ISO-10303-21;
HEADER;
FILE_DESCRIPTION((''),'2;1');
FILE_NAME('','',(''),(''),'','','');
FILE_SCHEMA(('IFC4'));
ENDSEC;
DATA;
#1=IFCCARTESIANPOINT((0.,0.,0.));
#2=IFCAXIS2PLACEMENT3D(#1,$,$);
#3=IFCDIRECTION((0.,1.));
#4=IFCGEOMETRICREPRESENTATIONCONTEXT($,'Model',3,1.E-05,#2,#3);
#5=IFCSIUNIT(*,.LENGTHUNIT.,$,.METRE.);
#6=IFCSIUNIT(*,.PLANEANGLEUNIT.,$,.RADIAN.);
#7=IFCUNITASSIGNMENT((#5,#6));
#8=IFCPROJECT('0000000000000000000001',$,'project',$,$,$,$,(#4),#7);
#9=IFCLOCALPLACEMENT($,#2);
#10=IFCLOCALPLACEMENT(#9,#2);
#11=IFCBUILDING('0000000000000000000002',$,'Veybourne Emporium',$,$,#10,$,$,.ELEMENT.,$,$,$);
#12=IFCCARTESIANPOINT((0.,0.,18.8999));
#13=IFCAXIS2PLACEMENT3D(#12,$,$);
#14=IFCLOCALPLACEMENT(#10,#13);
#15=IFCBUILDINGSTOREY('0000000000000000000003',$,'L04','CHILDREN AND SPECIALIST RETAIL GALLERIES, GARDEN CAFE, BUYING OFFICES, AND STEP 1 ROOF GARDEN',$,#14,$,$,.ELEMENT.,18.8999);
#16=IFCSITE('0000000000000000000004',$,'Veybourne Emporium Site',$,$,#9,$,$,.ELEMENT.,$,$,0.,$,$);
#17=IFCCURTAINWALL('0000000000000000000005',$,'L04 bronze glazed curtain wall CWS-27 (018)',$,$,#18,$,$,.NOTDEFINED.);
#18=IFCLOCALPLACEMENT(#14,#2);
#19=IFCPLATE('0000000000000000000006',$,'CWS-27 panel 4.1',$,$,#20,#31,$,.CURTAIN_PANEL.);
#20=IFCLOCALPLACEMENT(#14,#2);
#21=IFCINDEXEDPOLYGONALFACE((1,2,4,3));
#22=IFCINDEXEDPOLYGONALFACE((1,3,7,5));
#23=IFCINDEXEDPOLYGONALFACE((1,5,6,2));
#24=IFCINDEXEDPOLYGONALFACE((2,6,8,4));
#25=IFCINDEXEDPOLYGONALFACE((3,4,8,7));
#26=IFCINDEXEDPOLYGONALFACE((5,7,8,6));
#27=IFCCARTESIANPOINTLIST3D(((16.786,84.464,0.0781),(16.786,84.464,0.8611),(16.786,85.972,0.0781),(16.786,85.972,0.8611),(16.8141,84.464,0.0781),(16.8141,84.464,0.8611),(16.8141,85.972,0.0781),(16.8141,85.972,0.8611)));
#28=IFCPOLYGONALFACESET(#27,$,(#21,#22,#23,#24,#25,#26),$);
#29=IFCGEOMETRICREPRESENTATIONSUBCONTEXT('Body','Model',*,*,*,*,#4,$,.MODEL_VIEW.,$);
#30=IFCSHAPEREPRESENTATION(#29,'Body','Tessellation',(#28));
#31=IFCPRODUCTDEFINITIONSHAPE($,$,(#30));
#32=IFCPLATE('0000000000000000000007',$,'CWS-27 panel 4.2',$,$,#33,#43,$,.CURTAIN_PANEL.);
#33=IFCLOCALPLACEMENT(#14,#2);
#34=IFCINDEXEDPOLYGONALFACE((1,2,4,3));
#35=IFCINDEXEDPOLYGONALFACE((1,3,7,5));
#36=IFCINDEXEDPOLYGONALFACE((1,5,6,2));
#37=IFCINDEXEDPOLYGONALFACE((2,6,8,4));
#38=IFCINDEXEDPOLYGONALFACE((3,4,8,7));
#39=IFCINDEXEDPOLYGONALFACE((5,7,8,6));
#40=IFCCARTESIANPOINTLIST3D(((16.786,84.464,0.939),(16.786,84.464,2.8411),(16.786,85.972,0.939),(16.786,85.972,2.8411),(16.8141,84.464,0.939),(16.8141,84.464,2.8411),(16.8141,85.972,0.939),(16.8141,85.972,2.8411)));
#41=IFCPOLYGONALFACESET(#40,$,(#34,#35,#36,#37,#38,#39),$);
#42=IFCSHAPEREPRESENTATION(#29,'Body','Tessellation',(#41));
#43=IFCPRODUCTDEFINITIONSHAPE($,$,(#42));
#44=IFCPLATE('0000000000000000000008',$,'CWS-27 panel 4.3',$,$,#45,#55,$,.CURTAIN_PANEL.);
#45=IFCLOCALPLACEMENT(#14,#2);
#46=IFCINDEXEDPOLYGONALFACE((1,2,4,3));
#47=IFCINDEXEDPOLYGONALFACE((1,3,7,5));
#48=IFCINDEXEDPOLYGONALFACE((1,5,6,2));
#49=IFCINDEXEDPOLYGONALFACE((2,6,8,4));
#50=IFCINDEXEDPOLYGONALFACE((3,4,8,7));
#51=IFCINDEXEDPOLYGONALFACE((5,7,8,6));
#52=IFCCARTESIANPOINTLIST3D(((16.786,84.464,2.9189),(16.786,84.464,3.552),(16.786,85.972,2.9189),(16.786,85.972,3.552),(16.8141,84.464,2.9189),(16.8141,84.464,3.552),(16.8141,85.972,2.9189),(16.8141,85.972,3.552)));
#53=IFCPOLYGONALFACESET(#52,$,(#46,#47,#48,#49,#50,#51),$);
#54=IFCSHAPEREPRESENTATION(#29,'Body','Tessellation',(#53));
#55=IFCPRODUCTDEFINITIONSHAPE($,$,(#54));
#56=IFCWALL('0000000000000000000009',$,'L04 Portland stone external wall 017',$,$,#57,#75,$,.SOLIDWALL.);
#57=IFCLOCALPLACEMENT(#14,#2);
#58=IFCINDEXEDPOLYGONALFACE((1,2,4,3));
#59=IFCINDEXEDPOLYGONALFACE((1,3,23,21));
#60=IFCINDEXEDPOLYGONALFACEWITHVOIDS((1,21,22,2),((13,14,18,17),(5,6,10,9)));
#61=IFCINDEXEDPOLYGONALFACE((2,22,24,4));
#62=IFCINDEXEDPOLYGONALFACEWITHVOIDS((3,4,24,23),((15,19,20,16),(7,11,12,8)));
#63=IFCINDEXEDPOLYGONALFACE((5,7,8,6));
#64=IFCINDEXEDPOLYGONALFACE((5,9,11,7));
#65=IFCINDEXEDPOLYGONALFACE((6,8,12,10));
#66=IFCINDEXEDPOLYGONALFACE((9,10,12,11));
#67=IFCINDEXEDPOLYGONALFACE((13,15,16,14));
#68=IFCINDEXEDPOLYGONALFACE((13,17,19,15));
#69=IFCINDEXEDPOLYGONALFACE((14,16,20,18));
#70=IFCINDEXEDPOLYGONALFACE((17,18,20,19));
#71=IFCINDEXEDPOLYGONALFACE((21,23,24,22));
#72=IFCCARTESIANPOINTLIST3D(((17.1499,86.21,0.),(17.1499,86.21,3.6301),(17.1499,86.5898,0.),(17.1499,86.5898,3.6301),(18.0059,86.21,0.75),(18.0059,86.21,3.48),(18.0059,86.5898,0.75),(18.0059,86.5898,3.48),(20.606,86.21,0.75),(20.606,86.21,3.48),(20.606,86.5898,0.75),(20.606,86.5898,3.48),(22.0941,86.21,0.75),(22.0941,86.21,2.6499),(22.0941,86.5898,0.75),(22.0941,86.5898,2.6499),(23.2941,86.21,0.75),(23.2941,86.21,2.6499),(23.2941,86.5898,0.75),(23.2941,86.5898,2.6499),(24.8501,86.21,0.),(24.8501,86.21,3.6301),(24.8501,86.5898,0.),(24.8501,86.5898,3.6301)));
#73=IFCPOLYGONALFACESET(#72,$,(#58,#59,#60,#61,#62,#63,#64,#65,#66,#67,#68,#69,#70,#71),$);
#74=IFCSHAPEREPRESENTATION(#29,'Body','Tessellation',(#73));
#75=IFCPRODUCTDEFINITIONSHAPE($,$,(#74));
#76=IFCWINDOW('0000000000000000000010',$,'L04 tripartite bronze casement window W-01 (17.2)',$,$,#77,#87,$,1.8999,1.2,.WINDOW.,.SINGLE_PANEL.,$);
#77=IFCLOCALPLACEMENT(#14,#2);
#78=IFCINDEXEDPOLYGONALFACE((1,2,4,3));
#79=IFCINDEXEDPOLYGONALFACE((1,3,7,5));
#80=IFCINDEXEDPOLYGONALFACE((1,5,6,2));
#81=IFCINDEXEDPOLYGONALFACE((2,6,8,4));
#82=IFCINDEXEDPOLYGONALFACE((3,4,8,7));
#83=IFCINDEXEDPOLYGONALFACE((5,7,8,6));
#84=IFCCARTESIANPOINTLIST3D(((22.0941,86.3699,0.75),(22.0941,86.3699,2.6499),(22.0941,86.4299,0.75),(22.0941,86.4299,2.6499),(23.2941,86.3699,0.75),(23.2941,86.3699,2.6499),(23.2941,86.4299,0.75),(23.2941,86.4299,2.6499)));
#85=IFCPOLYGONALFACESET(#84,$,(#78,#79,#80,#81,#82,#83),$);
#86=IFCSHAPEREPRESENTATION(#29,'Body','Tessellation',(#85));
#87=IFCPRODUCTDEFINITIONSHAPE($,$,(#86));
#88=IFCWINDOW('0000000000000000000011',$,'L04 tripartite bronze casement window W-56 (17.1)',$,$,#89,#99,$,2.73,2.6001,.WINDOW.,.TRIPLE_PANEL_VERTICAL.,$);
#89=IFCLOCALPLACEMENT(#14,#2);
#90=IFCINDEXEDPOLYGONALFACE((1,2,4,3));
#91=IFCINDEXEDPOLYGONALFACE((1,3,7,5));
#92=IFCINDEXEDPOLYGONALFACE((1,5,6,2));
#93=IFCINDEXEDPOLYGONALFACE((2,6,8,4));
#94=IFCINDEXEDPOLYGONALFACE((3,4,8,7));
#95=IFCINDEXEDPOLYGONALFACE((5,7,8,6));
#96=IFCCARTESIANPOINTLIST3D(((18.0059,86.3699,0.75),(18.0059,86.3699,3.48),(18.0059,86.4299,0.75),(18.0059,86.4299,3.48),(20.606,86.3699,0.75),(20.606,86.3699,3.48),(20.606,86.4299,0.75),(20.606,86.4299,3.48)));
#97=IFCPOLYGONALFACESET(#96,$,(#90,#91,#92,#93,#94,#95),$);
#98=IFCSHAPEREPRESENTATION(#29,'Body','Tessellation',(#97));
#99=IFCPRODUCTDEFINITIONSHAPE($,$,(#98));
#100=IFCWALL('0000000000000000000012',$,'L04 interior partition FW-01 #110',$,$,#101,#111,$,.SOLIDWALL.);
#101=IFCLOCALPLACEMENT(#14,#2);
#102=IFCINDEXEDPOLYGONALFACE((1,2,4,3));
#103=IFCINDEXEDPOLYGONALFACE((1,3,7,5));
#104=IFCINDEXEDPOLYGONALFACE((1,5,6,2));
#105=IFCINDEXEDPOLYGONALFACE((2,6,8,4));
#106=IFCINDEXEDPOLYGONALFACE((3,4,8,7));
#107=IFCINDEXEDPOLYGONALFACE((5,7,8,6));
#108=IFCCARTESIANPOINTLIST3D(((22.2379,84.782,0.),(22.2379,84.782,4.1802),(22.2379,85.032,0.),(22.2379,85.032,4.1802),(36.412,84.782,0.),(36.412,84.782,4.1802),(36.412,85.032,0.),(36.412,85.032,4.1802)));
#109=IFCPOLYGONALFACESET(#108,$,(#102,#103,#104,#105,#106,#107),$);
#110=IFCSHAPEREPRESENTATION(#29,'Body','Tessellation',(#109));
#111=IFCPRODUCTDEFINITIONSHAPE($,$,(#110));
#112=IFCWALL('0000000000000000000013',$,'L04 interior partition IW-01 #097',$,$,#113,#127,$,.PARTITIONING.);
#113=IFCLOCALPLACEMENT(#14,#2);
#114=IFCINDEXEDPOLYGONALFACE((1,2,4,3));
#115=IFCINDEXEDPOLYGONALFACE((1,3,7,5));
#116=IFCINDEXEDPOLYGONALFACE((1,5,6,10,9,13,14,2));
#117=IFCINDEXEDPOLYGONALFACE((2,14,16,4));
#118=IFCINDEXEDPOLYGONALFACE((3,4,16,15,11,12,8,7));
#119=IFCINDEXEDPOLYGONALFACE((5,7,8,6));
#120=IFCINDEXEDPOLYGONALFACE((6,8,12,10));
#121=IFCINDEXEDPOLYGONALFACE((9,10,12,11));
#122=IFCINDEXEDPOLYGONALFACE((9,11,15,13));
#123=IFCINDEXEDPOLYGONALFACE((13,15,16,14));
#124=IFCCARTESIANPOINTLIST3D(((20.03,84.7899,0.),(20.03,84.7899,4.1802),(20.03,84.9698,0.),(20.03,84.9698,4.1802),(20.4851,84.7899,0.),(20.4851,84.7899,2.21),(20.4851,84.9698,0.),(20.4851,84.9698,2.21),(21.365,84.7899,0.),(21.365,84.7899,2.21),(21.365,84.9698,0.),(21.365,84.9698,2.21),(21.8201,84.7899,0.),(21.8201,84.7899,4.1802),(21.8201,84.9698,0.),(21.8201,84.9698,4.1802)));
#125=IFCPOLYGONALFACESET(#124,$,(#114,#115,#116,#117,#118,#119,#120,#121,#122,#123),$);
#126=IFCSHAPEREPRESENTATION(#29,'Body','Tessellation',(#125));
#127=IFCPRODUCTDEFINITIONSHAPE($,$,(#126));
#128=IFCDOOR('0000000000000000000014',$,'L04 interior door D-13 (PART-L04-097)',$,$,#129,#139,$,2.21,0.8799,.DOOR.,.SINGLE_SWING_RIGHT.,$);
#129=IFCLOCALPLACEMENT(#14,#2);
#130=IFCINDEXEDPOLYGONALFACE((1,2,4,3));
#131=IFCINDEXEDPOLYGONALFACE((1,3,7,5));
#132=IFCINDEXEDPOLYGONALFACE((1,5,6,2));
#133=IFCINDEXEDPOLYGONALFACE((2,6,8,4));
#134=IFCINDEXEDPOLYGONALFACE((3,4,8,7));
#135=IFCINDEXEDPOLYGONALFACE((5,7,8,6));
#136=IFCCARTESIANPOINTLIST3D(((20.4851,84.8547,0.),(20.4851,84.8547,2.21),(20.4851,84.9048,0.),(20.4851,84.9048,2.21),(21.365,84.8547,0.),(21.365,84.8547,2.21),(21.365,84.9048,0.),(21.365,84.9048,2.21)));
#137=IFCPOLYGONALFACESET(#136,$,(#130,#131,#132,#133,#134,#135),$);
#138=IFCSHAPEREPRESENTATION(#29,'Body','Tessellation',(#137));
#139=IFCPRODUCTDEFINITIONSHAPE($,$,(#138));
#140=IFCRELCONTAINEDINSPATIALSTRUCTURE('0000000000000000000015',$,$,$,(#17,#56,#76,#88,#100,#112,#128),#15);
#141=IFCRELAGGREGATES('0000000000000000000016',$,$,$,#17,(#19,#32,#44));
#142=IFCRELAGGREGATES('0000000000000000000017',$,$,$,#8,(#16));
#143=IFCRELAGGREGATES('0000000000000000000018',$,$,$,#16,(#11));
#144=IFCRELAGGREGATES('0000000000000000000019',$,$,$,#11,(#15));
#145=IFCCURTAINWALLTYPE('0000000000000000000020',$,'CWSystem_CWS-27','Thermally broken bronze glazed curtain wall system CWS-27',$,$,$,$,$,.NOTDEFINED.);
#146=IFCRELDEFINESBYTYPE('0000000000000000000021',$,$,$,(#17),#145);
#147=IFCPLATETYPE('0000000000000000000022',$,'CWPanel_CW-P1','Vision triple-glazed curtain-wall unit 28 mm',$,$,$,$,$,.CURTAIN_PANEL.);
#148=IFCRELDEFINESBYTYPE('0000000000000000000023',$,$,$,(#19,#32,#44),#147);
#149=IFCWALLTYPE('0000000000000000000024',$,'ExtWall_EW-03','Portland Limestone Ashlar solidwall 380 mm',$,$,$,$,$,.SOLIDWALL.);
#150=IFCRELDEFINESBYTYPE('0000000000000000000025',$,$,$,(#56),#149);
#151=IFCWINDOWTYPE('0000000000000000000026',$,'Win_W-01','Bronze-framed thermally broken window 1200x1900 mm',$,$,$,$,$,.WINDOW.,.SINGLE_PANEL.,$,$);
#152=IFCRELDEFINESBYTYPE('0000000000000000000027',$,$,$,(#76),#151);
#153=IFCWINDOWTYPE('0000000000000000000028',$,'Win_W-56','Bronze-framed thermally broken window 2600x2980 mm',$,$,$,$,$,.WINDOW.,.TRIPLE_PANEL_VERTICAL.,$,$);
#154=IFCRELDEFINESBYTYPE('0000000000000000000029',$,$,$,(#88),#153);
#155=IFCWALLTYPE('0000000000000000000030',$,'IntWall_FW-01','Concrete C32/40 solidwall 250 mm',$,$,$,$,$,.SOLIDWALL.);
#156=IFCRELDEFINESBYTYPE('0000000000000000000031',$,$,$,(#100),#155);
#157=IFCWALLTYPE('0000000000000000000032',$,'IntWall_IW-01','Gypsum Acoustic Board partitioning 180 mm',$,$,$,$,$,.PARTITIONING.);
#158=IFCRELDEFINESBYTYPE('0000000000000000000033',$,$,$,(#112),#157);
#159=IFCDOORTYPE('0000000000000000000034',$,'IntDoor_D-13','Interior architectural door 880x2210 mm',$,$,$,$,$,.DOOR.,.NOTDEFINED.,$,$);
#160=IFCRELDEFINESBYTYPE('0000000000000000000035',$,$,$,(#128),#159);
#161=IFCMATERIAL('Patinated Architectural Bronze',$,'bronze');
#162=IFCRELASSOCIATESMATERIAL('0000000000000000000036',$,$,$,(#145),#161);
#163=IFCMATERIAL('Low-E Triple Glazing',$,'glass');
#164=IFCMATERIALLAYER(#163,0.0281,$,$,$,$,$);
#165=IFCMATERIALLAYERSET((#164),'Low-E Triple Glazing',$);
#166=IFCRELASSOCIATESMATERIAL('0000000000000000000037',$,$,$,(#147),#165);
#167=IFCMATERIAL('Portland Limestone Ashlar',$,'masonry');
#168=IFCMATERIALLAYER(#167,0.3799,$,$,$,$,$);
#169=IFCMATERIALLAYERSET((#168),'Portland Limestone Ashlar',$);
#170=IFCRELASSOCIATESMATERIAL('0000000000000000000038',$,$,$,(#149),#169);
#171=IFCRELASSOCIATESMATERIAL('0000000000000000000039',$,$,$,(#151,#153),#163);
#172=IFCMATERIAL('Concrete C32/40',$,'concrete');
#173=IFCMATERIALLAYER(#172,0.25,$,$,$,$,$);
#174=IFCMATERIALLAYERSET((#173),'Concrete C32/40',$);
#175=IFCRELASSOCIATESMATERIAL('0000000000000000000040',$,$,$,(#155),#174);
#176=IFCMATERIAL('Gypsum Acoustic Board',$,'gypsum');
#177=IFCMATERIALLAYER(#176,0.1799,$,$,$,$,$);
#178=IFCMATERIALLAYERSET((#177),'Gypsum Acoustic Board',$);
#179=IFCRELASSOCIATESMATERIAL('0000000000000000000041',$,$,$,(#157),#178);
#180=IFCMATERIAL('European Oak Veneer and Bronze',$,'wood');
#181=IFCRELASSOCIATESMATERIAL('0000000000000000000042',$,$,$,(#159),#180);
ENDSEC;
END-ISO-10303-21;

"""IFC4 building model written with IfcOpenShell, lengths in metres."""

from ifc_helpers import new_model, si_unit, direction, frame, frame_2d, origin, origin_2d, place, context, subcontext, project, spatial, rectangle, extrude, material, layer, layer_set, type_object, element, fill, aggregate, save


model = new_model("IFC4")

# Units and contexts
model_context = context("Model", 3, precision=1e-05, world=origin(), true_north=direction((0.0, 1.0)))
body_context = subcontext(model_context, "Body", "Model", "MODEL_VIEW")
ifc_project = project(units=[si_unit("LENGTHUNIT", "METRE"), si_unit("PLANEANGLEUNIT", "RADIAN")], contexts=[model_context])

# Site, building, storey
site_placement = place(None, origin())
site = spatial("IfcSite", under=ifc_project, at=site_placement, Name="Veybourne Emporium Site", CompositionType="ELEMENT", RefElevation=0.0)
building_placement = place(site_placement, origin())
building = spatial("IfcBuilding", under=site, at=building_placement, Name="Veybourne Emporium", CompositionType="ELEMENT")
storey_placement = place(building_placement, frame((0.0, 0.0, 18.8999)))
storey = spatial("IfcBuildingStorey", under=building, at=storey_placement, Name="L04", Description="CHILDREN AND SPECIALIST RETAIL GALLERIES, GARDEN CAFE, BUYING OFFICES, AND STEP 1 ROOF GARDEN", CompositionType="ELEMENT", Elevation=18.8999)

# Curtain wall
ifc_material_1 = material(Name="Patinated Architectural Bronze", Category="bronze")
curtain_wall_type = type_object("IfcCurtainWallType", Name="CWSystem_CWS-27", Description="Thermally broken bronze glazed curtain wall system CWS-27", PredefinedType="NOTDEFINED", material=ifc_material_1)
curtain_wall_placement = place(storey_placement, origin())
curtain_wall = element("IfcCurtainWall", 1, at=curtain_wall_placement, inside=storey, type_object=curtain_wall_type, Name="L04 bronze glazed curtain wall CWS-27 (018)", PredefinedType="NOTDEFINED")

# Shared definitions
ifc_material_2 = material(Name="Concrete C32/40", Category="concrete")

# Plates
ifc_material_3 = material(Name="Low-E Triple Glazing", Category="glass")
ifc_layer_1 = layer(ifc_material_3, 0.0281)
ifc_layer_set_1 = layer_set([ifc_layer_1], Name="Low-E Triple Glazing")
plate_type = type_object("IfcPlateType", Name="CWPanel_CW-P1", Description="Vision triple-glazed curtain-wall unit 28 mm", PredefinedType="CURTAIN_PANEL", material=ifc_layer_set_1)
plate_1_placement = place(storey_placement, frame((16.8, 85.218, 0.0781), z_axis=(0.0, 0.0, 1.0), x_axis=(0.0, 1.0, 0.0)))
plate_1 = element("IfcPlate", 2, at=plate_1_placement, type_object=plate_type, Name="CWS-27 panel 4.1", PredefinedType="CURTAIN_PANEL", context=body_context, shape_type="SweptSolid", body=[
    extrude(rectangle(XDim=1.5081, YDim=0.0281, at=origin_2d()), origin(), (0.0, 0.0, 1.0), 0.783),
])
plate_2_placement = place(storey_placement, frame((16.8, 85.218, 0.939), z_axis=(0.0, 0.0, 1.0), x_axis=(0.0, 1.0, 0.0)))
plate_2 = element("IfcPlate", 3, at=plate_2_placement, type_object=plate_type, Name="CWS-27 panel 4.2", PredefinedType="CURTAIN_PANEL", context=body_context, shape_type="SweptSolid", body=[
    extrude(rectangle(XDim=1.5081, YDim=0.0281, at=origin_2d()), origin(), (0.0, 0.0, 1.0), 1.9021),
])
plate_3_placement = place(storey_placement, frame((16.8, 85.218, 2.9189), z_axis=(0.0, 0.0, 1.0), x_axis=(0.0, 1.0, 0.0)))
plate_3 = element("IfcPlate", 4, at=plate_3_placement, type_object=plate_type, Name="CWS-27 panel 4.3", PredefinedType="CURTAIN_PANEL", context=body_context, shape_type="SweptSolid", body=[
    extrude(rectangle(XDim=1.5081, YDim=0.0281, at=origin_2d()), origin(), (0.0, 0.0, 1.0), 0.6331),
])
aggregate(curtain_wall, [plate_1, plate_2, plate_3])

# Wall, openings, windows
ifc_material_4 = material(Name="Portland Limestone Ashlar", Category="masonry")
ifc_layer_2 = layer(ifc_material_4, 0.3799)
ifc_layer_set_2 = layer_set([ifc_layer_2], Name="Portland Limestone Ashlar")
wall_type_1 = type_object("IfcWallType", Name="ExtWall_EW-03", Description="Portland Limestone Ashlar solidwall 380 mm", PredefinedType="SOLIDWALL", material=ifc_layer_set_2)
wall_1_placement = place(storey_placement, frame((17.1499, 86.3999, 0.0), z_axis=(0.0, 0.0, 1.0), x_axis=(1.0, 0.0, 0.0)))
wall_1 = element("IfcWall", 5, at=wall_1_placement, inside=storey, type_object=wall_type_1, Name="L04 Portland stone external wall 017", PredefinedType="SOLIDWALL", context=body_context, shape_type="SweptSolid", body=[
    extrude(rectangle(XDim=7.7002, YDim=0.3799, at=frame_2d((3.8501, 0.0))), origin(), (0.0, 0.0, 1.0), 3.6301),
])
opening_1_placement = place(wall_1_placement, frame((0.856, 0.0, 0.75)))
opening_1 = element("IfcOpeningElement", 6, at=opening_1_placement, cuts=wall_1, PredefinedType="OPENING", context=body_context, shape_type="SweptSolid", body=[
    extrude(rectangle(XDim=2.6001, YDim=2.73, at=frame_2d((1.3, 1.365))), frame((0.0, 0.21, 0.0), z_axis=(0.0, -1.0, 0.0), x_axis=(1.0, 0.0, 0.0)), (0.0, 0.0, 1.0), 0.4199),
])
opening_2_placement = place(wall_1_placement, frame((4.9441, 0.0, 0.75)))
opening_2 = element("IfcOpeningElement", 7, at=opening_2_placement, cuts=wall_1, PredefinedType="OPENING", context=body_context, shape_type="SweptSolid", body=[
    extrude(rectangle(XDim=1.2, YDim=1.8999, at=frame_2d((0.6001, 0.95))), frame((0.0, 0.21, 0.0), z_axis=(0.0, -1.0, 0.0), x_axis=(1.0, 0.0, 0.0)), (0.0, 0.0, 1.0), 0.4199),
])
window_type_1 = type_object("IfcWindowType", Name="Win_W-01", Description="Bronze-framed thermally broken window 1200x1900 mm", PartitioningType="SINGLE_PANEL", PredefinedType="WINDOW", material=ifc_material_3)
window_1_placement = place(opening_2_placement, origin())
window_1 = element("IfcWindow", 8, at=window_1_placement, inside=storey, type_object=window_type_1, Name="L04 tripartite bronze casement window W-01 (17.2)", OverallHeight=1.8999, OverallWidth=1.2, PartitioningType="SINGLE_PANEL", PredefinedType="WINDOW", context=body_context, shape_type="SweptSolid", body=[
    extrude(rectangle(XDim=1.2, YDim=1.8999, at=frame_2d((0.6001, 0.95))), frame((0.0, 0.03, 0.0), z_axis=(0.0, -1.0, 0.0), x_axis=(1.0, 0.0, 0.0)), (0.0, 0.0, 1.0), 0.0601),
])
fill(opening_2, window_1)
window_type_2 = type_object("IfcWindowType", Name="Win_W-56", Description="Bronze-framed thermally broken window 2600x2980 mm", PartitioningType="TRIPLE_PANEL_VERTICAL", PredefinedType="WINDOW", material=ifc_material_3)
window_2_placement = place(opening_1_placement, origin())
window_2 = element("IfcWindow", 9, at=window_2_placement, inside=storey, type_object=window_type_2, Name="L04 tripartite bronze casement window W-56 (17.1)", OverallHeight=2.73, OverallWidth=2.6001, PartitioningType="TRIPLE_PANEL_VERTICAL", PredefinedType="WINDOW", context=body_context, shape_type="SweptSolid", body=[
    extrude(rectangle(XDim=2.6001, YDim=2.73, at=frame_2d((1.3, 1.365))), frame((0.0, 0.03, 0.0), z_axis=(0.0, -1.0, 0.0), x_axis=(1.0, 0.0, 0.0)), (0.0, 0.0, 1.0), 0.0601),
])
fill(opening_1, window_2)

# Wall
ifc_layer_3 = layer(ifc_material_2, 0.25)
ifc_layer_set_3 = layer_set([ifc_layer_3], Name="Concrete C32/40")
wall_type_2 = type_object("IfcWallType", Name="IntWall_FW-01", Description="Concrete C32/40 solidwall 250 mm", PredefinedType="SOLIDWALL", material=ifc_layer_set_3)
wall_2_placement = place(storey_placement, frame((22.238, 84.907, 0.0), z_axis=(0.0, 0.0, 1.0), x_axis=(1.0, 0.0, 0.0)))
element("IfcWall", 10, at=wall_2_placement, inside=storey, type_object=wall_type_2, Name="L04 interior partition FW-01 #110", PredefinedType="SOLIDWALL", context=body_context, shape_type="SweptSolid", body=[
    extrude(rectangle(XDim=14.1741, YDim=0.25, at=frame_2d((7.0869, 0.0))), origin(), (0.0, 0.0, 1.0), 4.1802),
])

# Wall, opening, door
ifc_material_5 = material(Name="Gypsum Acoustic Board", Category="gypsum")
ifc_layer_4 = layer(ifc_material_5, 0.1799)
ifc_layer_set_4 = layer_set([ifc_layer_4], Name="Gypsum Acoustic Board")
wall_type_3 = type_object("IfcWallType", Name="IntWall_IW-01", Description="Gypsum Acoustic Board partitioning 180 mm", PredefinedType="PARTITIONING", material=ifc_layer_set_4)
wall_3_placement = place(storey_placement, frame((20.03, 84.8799, 0.0), z_axis=(0.0, 0.0, 1.0), x_axis=(1.0, 0.0, 0.0)))
wall_3 = element("IfcWall", 11, at=wall_3_placement, inside=storey, type_object=wall_type_3, Name="L04 interior partition IW-01 #097", PredefinedType="PARTITIONING", context=body_context, shape_type="SweptSolid", body=[
    extrude(rectangle(XDim=1.79, YDim=0.1799, at=frame_2d((0.895, 0.0))), origin(), (0.0, 0.0, 1.0), 4.1802),
])
opening_3_placement = place(wall_3_placement, frame((0.4551, 0.0, 0.0)))
opening_3 = element("IfcOpeningElement", 12, at=opening_3_placement, cuts=wall_3, PredefinedType="OPENING", context=body_context, shape_type="SweptSolid", body=[
    extrude(rectangle(XDim=0.8799, YDim=2.21, at=frame_2d((0.4399, 1.105))), frame((0.0, 0.1099, 0.0), z_axis=(0.0, -1.0, 0.0), x_axis=(1.0, 0.0, 0.0)), (0.0, 0.0, 1.0), 0.22),
])
ifc_material_6 = material(Name="European Oak Veneer and Bronze", Category="wood")
door_type = type_object("IfcDoorType", Name="IntDoor_D-13", Description="Interior architectural door 880x2210 mm", OperationType="NOTDEFINED", PredefinedType="DOOR", material=ifc_material_6)
door_placement = place(opening_3_placement, origin())
door = element("IfcDoor", 13, at=door_placement, inside=storey, type_object=door_type, Name="L04 interior door D-13 (PART-L04-097)", OperationType="SINGLE_SWING_RIGHT", OverallHeight=2.21, OverallWidth=0.8799, PredefinedType="DOOR", context=body_context, shape_type="SweptSolid", body=[
    extrude(rectangle(XDim=0.8799, YDim=2.21, at=frame_2d((0.4399, 1.105))), frame((0.0, 0.0249, 0.0), z_axis=(0.0, -1.0, 0.0), x_axis=(1.0, 0.0, 0.0)), (0.0, 0.0, 1.0), 0.05),
])
fill(opening_3, door)

save(model, "model.ifc")
